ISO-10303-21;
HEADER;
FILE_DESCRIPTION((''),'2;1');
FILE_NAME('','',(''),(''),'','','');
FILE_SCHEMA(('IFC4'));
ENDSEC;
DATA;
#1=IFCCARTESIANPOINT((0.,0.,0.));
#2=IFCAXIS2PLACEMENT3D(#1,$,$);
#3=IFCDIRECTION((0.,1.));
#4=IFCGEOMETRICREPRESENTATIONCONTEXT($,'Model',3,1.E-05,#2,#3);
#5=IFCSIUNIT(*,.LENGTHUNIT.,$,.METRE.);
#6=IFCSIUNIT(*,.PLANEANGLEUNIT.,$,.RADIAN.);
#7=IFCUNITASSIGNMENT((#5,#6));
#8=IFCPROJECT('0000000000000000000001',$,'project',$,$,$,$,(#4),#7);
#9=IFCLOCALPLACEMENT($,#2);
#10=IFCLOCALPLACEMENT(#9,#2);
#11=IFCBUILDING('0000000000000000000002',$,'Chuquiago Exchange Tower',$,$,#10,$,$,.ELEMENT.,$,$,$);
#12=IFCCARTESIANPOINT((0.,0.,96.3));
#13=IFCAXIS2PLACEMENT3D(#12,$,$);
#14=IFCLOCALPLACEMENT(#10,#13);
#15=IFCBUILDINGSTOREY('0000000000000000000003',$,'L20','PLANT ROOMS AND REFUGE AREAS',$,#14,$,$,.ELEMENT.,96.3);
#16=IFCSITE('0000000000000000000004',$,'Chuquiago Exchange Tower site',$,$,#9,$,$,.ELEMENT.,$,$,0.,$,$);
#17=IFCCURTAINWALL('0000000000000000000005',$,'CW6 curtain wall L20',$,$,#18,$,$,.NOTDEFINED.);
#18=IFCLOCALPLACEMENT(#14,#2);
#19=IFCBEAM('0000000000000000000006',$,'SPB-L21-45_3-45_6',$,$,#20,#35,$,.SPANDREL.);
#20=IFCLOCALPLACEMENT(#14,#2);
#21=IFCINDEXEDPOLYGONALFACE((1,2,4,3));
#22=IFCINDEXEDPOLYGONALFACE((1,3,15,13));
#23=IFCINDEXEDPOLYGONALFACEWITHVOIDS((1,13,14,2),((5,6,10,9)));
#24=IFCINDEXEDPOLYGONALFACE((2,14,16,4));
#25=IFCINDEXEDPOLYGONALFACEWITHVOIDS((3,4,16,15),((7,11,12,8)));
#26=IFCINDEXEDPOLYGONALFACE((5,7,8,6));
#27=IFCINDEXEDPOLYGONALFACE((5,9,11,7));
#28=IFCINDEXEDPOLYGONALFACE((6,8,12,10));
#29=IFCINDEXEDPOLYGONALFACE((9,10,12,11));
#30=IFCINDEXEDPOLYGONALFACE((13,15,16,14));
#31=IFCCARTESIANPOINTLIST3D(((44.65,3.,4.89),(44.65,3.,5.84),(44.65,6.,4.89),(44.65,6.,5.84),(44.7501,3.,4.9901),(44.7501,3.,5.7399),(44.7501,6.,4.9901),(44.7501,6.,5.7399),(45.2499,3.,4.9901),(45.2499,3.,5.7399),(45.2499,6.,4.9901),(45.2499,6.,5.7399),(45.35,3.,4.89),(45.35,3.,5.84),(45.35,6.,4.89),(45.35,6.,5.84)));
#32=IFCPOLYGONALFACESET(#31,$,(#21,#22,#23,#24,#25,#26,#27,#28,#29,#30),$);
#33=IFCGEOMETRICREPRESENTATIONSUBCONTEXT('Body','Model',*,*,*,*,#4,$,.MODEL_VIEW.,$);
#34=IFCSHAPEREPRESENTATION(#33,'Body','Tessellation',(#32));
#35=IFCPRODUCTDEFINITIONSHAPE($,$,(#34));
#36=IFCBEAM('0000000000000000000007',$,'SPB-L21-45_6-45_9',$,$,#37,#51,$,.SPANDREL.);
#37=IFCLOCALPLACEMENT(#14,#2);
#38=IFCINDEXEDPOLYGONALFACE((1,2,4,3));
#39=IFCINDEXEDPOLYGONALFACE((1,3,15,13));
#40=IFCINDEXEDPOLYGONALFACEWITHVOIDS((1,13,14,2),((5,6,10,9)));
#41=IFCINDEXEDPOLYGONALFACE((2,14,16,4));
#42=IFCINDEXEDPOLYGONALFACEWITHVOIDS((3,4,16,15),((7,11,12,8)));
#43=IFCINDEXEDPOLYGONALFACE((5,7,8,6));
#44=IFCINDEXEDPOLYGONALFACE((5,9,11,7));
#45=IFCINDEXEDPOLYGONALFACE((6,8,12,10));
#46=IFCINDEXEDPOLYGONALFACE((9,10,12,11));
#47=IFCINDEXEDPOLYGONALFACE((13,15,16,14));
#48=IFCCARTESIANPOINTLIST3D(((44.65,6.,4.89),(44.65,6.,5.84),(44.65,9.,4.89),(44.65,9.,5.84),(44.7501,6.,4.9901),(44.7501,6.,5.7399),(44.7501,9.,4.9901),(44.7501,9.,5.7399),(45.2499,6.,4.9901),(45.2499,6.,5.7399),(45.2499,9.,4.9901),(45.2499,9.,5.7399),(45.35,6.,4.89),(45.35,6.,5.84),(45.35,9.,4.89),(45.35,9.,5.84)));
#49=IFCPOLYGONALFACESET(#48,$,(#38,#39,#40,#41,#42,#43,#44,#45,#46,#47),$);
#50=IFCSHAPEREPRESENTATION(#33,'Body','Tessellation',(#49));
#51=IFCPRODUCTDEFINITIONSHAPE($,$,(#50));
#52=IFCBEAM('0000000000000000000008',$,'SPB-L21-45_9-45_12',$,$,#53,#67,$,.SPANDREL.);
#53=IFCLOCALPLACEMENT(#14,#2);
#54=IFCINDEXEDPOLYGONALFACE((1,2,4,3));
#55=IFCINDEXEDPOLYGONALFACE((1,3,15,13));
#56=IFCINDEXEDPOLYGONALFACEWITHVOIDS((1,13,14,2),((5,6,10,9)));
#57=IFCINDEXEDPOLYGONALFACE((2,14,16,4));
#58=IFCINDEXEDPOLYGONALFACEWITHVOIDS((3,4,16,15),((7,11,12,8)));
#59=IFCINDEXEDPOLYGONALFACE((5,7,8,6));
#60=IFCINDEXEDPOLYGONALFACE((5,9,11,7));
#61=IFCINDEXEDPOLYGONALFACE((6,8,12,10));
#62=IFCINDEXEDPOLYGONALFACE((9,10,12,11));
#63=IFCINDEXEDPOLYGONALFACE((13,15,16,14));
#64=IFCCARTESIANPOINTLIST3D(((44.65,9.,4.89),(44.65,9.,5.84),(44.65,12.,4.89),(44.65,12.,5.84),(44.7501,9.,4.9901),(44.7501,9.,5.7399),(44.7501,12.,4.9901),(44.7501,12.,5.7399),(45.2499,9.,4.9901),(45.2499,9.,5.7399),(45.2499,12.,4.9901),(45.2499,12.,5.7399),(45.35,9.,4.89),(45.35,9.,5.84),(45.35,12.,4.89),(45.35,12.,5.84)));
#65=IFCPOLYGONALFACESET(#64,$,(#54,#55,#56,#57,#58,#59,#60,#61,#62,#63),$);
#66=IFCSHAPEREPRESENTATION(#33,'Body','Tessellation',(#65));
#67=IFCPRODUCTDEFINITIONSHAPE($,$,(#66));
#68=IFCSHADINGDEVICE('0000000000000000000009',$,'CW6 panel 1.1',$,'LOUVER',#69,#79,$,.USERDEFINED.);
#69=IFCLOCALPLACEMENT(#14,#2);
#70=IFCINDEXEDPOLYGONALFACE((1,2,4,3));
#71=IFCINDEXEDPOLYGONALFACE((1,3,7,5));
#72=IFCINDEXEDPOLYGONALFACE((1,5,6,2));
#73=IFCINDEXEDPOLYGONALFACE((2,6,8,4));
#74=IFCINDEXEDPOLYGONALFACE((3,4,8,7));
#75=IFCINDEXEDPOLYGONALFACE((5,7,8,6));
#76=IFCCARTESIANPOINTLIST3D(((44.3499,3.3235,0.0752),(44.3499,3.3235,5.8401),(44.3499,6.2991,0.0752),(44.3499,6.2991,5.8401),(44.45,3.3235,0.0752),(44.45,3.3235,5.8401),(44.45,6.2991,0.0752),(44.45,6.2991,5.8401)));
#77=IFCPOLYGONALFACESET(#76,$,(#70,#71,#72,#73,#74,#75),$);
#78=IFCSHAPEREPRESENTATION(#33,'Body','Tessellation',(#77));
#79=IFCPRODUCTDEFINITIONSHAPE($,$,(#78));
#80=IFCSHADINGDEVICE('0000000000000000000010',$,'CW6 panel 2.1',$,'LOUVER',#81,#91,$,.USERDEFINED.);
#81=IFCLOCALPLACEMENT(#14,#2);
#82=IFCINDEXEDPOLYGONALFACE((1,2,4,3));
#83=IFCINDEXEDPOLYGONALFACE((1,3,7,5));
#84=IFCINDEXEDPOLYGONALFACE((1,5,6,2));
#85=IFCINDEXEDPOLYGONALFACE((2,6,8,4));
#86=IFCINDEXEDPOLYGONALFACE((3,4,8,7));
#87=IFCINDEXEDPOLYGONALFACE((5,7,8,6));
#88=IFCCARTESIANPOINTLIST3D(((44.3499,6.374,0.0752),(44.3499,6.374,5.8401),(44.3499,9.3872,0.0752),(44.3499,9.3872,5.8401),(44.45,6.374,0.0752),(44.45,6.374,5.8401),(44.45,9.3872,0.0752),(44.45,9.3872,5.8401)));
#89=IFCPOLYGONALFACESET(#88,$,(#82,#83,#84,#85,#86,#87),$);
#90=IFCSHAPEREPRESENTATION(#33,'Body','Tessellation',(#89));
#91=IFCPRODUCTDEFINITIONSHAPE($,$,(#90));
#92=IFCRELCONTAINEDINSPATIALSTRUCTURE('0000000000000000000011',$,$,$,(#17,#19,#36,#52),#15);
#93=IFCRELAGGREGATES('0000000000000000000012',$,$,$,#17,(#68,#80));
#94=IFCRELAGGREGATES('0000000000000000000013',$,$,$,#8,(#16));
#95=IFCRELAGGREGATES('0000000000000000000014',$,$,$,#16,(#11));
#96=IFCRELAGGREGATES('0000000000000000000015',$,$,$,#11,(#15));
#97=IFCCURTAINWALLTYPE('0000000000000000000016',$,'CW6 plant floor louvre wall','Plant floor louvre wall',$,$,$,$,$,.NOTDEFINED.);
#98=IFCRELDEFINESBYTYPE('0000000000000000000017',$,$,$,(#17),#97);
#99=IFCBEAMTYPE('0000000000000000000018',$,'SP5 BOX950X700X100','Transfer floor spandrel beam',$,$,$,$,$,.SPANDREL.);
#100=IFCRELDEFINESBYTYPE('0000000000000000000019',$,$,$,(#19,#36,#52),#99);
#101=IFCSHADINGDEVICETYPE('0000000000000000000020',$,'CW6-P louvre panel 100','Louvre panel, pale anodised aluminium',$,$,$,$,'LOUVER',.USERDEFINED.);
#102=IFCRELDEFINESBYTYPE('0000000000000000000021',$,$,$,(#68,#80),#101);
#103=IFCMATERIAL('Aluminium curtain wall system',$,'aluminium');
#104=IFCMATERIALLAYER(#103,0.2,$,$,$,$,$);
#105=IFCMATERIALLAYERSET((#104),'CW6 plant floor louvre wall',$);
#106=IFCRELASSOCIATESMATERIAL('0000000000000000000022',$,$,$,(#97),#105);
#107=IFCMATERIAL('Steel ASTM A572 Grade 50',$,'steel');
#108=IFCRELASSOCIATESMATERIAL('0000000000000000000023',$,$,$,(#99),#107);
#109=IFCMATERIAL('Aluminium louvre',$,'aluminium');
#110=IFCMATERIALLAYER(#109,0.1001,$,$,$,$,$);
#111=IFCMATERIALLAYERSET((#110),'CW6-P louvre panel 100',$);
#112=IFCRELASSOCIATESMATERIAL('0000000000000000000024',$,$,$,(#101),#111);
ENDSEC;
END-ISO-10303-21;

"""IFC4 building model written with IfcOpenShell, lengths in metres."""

from ifc_helpers import new_model, si_unit, direction, frame, origin, origin_2d, place, context, subcontext, project, spatial, rectangle, hollow_rectangle, extrude, material, layer, layer_set, material_profile, profile_set, type_object, element, aggregate, save


model = new_model("IFC4")

# Units and contexts
model_context = context("Model", 3, precision=1e-05, world=origin(), true_north=direction((0.0, 1.0)))
body_context = subcontext(model_context, "Body", "Model", "MODEL_VIEW")
ifc_project = project(units=[si_unit("LENGTHUNIT", "METRE"), si_unit("PLANEANGLEUNIT", "RADIAN")], contexts=[model_context])

# Site, building, storey
site_placement = place(None, origin())
site = spatial("IfcSite", under=ifc_project, at=site_placement, Name="Chuquiago Exchange Tower site", CompositionType="ELEMENT", RefElevation=0.0)
building_placement = place(site_placement, origin())
building = spatial("IfcBuilding", under=site, at=building_placement, Name="Chuquiago Exchange Tower", CompositionType="ELEMENT")
storey_placement = place(building_placement, frame((0.0, 0.0, 96.3)))
storey = spatial("IfcBuildingStorey", under=building, at=storey_placement, Name="L20", Description="PLANT ROOMS AND REFUGE AREAS", CompositionType="ELEMENT", Elevation=96.3)

# Shared definitions
ifc_material_1 = material(Name="Aluminium curtain wall system", Category="aluminium")
ifc_layer_1 = layer(ifc_material_1, 0.2)
ifc_layer_set_1 = layer_set([ifc_layer_1], Name="CW6 plant floor louvre wall")
curtain_wall_type = type_object("IfcCurtainWallType", Name="CW6 plant floor louvre wall", Description="Plant floor louvre wall", PredefinedType="NOTDEFINED", material=ifc_layer_set_1)

# Curtain wall
curtain_wall_1_placement = place(storey_placement, origin())
curtain_wall_1 = element("IfcCurtainWall", 1, at=curtain_wall_1_placement, inside=storey, type_object=curtain_wall_type, Name="CW6 curtain wall L20", PredefinedType="NOTDEFINED")

# Beams
ifc_material_2 = material(Name="Steel ASTM A572 Grade 50", Category="steel")
ifc_material_profile_1 = material_profile(ifc_material_2, hollow_rectangle(XDim=0.7, YDim=0.95, WallThickness=0.1001, at=origin_2d()), Name="BOX950X700X100")
ifc_profile_set_1 = profile_set([ifc_material_profile_1], Name="Steel ASTM A572 Grade 50")
beam_type = type_object("IfcBeamType", Name="SP5 BOX950X700X100", Description="Transfer floor spandrel beam", PredefinedType="SPANDREL", material=ifc_profile_set_1)
for number, where, z_axis, x_axis, name in (
    (2, (45.0, 3.0, 5.365), (0.0, 1.0, 0.0), (-1.0, 0.0, 0.0), "SPB-L21-45_3-45_6"),
    (3, (45.0, 6.0, 5.365), (0.0, 1.0, 0.0), (-1.0, 0.0, 0.0), "SPB-L21-45_6-45_9"),
    (4, (45.0, 9.0, 5.365), (0.0, 1.0, 0.0), (-1.0, 0.0, 0.0), "SPB-L21-45_9-45_12"),
):
    element("IfcBeam", number, at=place(storey_placement, frame(where, z_axis=z_axis, x_axis=x_axis)), inside=storey, type_object=beam_type, Name=name, PredefinedType="SPANDREL", context=body_context, shape_type="SweptSolid", body=[
        extrude(hollow_rectangle(XDim=0.7, YDim=0.95, WallThickness=0.1001, at=origin_2d()), origin(), (0.0, 0.0, 1.0), 3.0),
    ])

# Shading devices
ifc_material_3 = material(Name="Aluminium louvre", Category="aluminium")
ifc_layer_2 = layer(ifc_material_3, 0.1001)
ifc_layer_set_2 = layer_set([ifc_layer_2], Name="CW6-P louvre panel 100")
shading_device_type = type_object("IfcShadingDeviceType", Name="CW6-P louvre panel 100", Description="Louvre panel, pale anodised aluminium", ElementType="LOUVER", PredefinedType="USERDEFINED", material=ifc_layer_set_2)
shading_device_1_placement = place(storey_placement, frame((44.3999, 4.8113, 0.0752), z_axis=(0.0, 0.0, 1.0), x_axis=(0.0, 1.0, 0.0)))
shading_device_1 = element("IfcShadingDevice", 5, at=shading_device_1_placement, type_object=shading_device_type, Name="CW6 panel 1.1", ObjectType="LOUVER", PredefinedType="USERDEFINED", context=body_context, shape_type="SweptSolid", body=[
    extrude(rectangle(XDim=2.9756, YDim=0.1001, at=origin_2d()), origin(), (0.0, 0.0, 1.0), 5.7649),
])
shading_device_2_placement = place(storey_placement, frame((44.3999, 7.8806, 0.0752), z_axis=(0.0, 0.0, 1.0), x_axis=(0.0, 1.0, 0.0)))
shading_device_2 = element("IfcShadingDevice", 6, at=shading_device_2_placement, type_object=shading_device_type, Name="CW6 panel 2.1", ObjectType="LOUVER", PredefinedType="USERDEFINED", context=body_context, shape_type="SweptSolid", body=[
    extrude(rectangle(XDim=3.0132, YDim=0.1001, at=origin_2d()), origin(), (0.0, 0.0, 1.0), 5.7649),
])
aggregate(curtain_wall_1, [shading_device_1, shading_device_2])

save(model, "model.ifc")
